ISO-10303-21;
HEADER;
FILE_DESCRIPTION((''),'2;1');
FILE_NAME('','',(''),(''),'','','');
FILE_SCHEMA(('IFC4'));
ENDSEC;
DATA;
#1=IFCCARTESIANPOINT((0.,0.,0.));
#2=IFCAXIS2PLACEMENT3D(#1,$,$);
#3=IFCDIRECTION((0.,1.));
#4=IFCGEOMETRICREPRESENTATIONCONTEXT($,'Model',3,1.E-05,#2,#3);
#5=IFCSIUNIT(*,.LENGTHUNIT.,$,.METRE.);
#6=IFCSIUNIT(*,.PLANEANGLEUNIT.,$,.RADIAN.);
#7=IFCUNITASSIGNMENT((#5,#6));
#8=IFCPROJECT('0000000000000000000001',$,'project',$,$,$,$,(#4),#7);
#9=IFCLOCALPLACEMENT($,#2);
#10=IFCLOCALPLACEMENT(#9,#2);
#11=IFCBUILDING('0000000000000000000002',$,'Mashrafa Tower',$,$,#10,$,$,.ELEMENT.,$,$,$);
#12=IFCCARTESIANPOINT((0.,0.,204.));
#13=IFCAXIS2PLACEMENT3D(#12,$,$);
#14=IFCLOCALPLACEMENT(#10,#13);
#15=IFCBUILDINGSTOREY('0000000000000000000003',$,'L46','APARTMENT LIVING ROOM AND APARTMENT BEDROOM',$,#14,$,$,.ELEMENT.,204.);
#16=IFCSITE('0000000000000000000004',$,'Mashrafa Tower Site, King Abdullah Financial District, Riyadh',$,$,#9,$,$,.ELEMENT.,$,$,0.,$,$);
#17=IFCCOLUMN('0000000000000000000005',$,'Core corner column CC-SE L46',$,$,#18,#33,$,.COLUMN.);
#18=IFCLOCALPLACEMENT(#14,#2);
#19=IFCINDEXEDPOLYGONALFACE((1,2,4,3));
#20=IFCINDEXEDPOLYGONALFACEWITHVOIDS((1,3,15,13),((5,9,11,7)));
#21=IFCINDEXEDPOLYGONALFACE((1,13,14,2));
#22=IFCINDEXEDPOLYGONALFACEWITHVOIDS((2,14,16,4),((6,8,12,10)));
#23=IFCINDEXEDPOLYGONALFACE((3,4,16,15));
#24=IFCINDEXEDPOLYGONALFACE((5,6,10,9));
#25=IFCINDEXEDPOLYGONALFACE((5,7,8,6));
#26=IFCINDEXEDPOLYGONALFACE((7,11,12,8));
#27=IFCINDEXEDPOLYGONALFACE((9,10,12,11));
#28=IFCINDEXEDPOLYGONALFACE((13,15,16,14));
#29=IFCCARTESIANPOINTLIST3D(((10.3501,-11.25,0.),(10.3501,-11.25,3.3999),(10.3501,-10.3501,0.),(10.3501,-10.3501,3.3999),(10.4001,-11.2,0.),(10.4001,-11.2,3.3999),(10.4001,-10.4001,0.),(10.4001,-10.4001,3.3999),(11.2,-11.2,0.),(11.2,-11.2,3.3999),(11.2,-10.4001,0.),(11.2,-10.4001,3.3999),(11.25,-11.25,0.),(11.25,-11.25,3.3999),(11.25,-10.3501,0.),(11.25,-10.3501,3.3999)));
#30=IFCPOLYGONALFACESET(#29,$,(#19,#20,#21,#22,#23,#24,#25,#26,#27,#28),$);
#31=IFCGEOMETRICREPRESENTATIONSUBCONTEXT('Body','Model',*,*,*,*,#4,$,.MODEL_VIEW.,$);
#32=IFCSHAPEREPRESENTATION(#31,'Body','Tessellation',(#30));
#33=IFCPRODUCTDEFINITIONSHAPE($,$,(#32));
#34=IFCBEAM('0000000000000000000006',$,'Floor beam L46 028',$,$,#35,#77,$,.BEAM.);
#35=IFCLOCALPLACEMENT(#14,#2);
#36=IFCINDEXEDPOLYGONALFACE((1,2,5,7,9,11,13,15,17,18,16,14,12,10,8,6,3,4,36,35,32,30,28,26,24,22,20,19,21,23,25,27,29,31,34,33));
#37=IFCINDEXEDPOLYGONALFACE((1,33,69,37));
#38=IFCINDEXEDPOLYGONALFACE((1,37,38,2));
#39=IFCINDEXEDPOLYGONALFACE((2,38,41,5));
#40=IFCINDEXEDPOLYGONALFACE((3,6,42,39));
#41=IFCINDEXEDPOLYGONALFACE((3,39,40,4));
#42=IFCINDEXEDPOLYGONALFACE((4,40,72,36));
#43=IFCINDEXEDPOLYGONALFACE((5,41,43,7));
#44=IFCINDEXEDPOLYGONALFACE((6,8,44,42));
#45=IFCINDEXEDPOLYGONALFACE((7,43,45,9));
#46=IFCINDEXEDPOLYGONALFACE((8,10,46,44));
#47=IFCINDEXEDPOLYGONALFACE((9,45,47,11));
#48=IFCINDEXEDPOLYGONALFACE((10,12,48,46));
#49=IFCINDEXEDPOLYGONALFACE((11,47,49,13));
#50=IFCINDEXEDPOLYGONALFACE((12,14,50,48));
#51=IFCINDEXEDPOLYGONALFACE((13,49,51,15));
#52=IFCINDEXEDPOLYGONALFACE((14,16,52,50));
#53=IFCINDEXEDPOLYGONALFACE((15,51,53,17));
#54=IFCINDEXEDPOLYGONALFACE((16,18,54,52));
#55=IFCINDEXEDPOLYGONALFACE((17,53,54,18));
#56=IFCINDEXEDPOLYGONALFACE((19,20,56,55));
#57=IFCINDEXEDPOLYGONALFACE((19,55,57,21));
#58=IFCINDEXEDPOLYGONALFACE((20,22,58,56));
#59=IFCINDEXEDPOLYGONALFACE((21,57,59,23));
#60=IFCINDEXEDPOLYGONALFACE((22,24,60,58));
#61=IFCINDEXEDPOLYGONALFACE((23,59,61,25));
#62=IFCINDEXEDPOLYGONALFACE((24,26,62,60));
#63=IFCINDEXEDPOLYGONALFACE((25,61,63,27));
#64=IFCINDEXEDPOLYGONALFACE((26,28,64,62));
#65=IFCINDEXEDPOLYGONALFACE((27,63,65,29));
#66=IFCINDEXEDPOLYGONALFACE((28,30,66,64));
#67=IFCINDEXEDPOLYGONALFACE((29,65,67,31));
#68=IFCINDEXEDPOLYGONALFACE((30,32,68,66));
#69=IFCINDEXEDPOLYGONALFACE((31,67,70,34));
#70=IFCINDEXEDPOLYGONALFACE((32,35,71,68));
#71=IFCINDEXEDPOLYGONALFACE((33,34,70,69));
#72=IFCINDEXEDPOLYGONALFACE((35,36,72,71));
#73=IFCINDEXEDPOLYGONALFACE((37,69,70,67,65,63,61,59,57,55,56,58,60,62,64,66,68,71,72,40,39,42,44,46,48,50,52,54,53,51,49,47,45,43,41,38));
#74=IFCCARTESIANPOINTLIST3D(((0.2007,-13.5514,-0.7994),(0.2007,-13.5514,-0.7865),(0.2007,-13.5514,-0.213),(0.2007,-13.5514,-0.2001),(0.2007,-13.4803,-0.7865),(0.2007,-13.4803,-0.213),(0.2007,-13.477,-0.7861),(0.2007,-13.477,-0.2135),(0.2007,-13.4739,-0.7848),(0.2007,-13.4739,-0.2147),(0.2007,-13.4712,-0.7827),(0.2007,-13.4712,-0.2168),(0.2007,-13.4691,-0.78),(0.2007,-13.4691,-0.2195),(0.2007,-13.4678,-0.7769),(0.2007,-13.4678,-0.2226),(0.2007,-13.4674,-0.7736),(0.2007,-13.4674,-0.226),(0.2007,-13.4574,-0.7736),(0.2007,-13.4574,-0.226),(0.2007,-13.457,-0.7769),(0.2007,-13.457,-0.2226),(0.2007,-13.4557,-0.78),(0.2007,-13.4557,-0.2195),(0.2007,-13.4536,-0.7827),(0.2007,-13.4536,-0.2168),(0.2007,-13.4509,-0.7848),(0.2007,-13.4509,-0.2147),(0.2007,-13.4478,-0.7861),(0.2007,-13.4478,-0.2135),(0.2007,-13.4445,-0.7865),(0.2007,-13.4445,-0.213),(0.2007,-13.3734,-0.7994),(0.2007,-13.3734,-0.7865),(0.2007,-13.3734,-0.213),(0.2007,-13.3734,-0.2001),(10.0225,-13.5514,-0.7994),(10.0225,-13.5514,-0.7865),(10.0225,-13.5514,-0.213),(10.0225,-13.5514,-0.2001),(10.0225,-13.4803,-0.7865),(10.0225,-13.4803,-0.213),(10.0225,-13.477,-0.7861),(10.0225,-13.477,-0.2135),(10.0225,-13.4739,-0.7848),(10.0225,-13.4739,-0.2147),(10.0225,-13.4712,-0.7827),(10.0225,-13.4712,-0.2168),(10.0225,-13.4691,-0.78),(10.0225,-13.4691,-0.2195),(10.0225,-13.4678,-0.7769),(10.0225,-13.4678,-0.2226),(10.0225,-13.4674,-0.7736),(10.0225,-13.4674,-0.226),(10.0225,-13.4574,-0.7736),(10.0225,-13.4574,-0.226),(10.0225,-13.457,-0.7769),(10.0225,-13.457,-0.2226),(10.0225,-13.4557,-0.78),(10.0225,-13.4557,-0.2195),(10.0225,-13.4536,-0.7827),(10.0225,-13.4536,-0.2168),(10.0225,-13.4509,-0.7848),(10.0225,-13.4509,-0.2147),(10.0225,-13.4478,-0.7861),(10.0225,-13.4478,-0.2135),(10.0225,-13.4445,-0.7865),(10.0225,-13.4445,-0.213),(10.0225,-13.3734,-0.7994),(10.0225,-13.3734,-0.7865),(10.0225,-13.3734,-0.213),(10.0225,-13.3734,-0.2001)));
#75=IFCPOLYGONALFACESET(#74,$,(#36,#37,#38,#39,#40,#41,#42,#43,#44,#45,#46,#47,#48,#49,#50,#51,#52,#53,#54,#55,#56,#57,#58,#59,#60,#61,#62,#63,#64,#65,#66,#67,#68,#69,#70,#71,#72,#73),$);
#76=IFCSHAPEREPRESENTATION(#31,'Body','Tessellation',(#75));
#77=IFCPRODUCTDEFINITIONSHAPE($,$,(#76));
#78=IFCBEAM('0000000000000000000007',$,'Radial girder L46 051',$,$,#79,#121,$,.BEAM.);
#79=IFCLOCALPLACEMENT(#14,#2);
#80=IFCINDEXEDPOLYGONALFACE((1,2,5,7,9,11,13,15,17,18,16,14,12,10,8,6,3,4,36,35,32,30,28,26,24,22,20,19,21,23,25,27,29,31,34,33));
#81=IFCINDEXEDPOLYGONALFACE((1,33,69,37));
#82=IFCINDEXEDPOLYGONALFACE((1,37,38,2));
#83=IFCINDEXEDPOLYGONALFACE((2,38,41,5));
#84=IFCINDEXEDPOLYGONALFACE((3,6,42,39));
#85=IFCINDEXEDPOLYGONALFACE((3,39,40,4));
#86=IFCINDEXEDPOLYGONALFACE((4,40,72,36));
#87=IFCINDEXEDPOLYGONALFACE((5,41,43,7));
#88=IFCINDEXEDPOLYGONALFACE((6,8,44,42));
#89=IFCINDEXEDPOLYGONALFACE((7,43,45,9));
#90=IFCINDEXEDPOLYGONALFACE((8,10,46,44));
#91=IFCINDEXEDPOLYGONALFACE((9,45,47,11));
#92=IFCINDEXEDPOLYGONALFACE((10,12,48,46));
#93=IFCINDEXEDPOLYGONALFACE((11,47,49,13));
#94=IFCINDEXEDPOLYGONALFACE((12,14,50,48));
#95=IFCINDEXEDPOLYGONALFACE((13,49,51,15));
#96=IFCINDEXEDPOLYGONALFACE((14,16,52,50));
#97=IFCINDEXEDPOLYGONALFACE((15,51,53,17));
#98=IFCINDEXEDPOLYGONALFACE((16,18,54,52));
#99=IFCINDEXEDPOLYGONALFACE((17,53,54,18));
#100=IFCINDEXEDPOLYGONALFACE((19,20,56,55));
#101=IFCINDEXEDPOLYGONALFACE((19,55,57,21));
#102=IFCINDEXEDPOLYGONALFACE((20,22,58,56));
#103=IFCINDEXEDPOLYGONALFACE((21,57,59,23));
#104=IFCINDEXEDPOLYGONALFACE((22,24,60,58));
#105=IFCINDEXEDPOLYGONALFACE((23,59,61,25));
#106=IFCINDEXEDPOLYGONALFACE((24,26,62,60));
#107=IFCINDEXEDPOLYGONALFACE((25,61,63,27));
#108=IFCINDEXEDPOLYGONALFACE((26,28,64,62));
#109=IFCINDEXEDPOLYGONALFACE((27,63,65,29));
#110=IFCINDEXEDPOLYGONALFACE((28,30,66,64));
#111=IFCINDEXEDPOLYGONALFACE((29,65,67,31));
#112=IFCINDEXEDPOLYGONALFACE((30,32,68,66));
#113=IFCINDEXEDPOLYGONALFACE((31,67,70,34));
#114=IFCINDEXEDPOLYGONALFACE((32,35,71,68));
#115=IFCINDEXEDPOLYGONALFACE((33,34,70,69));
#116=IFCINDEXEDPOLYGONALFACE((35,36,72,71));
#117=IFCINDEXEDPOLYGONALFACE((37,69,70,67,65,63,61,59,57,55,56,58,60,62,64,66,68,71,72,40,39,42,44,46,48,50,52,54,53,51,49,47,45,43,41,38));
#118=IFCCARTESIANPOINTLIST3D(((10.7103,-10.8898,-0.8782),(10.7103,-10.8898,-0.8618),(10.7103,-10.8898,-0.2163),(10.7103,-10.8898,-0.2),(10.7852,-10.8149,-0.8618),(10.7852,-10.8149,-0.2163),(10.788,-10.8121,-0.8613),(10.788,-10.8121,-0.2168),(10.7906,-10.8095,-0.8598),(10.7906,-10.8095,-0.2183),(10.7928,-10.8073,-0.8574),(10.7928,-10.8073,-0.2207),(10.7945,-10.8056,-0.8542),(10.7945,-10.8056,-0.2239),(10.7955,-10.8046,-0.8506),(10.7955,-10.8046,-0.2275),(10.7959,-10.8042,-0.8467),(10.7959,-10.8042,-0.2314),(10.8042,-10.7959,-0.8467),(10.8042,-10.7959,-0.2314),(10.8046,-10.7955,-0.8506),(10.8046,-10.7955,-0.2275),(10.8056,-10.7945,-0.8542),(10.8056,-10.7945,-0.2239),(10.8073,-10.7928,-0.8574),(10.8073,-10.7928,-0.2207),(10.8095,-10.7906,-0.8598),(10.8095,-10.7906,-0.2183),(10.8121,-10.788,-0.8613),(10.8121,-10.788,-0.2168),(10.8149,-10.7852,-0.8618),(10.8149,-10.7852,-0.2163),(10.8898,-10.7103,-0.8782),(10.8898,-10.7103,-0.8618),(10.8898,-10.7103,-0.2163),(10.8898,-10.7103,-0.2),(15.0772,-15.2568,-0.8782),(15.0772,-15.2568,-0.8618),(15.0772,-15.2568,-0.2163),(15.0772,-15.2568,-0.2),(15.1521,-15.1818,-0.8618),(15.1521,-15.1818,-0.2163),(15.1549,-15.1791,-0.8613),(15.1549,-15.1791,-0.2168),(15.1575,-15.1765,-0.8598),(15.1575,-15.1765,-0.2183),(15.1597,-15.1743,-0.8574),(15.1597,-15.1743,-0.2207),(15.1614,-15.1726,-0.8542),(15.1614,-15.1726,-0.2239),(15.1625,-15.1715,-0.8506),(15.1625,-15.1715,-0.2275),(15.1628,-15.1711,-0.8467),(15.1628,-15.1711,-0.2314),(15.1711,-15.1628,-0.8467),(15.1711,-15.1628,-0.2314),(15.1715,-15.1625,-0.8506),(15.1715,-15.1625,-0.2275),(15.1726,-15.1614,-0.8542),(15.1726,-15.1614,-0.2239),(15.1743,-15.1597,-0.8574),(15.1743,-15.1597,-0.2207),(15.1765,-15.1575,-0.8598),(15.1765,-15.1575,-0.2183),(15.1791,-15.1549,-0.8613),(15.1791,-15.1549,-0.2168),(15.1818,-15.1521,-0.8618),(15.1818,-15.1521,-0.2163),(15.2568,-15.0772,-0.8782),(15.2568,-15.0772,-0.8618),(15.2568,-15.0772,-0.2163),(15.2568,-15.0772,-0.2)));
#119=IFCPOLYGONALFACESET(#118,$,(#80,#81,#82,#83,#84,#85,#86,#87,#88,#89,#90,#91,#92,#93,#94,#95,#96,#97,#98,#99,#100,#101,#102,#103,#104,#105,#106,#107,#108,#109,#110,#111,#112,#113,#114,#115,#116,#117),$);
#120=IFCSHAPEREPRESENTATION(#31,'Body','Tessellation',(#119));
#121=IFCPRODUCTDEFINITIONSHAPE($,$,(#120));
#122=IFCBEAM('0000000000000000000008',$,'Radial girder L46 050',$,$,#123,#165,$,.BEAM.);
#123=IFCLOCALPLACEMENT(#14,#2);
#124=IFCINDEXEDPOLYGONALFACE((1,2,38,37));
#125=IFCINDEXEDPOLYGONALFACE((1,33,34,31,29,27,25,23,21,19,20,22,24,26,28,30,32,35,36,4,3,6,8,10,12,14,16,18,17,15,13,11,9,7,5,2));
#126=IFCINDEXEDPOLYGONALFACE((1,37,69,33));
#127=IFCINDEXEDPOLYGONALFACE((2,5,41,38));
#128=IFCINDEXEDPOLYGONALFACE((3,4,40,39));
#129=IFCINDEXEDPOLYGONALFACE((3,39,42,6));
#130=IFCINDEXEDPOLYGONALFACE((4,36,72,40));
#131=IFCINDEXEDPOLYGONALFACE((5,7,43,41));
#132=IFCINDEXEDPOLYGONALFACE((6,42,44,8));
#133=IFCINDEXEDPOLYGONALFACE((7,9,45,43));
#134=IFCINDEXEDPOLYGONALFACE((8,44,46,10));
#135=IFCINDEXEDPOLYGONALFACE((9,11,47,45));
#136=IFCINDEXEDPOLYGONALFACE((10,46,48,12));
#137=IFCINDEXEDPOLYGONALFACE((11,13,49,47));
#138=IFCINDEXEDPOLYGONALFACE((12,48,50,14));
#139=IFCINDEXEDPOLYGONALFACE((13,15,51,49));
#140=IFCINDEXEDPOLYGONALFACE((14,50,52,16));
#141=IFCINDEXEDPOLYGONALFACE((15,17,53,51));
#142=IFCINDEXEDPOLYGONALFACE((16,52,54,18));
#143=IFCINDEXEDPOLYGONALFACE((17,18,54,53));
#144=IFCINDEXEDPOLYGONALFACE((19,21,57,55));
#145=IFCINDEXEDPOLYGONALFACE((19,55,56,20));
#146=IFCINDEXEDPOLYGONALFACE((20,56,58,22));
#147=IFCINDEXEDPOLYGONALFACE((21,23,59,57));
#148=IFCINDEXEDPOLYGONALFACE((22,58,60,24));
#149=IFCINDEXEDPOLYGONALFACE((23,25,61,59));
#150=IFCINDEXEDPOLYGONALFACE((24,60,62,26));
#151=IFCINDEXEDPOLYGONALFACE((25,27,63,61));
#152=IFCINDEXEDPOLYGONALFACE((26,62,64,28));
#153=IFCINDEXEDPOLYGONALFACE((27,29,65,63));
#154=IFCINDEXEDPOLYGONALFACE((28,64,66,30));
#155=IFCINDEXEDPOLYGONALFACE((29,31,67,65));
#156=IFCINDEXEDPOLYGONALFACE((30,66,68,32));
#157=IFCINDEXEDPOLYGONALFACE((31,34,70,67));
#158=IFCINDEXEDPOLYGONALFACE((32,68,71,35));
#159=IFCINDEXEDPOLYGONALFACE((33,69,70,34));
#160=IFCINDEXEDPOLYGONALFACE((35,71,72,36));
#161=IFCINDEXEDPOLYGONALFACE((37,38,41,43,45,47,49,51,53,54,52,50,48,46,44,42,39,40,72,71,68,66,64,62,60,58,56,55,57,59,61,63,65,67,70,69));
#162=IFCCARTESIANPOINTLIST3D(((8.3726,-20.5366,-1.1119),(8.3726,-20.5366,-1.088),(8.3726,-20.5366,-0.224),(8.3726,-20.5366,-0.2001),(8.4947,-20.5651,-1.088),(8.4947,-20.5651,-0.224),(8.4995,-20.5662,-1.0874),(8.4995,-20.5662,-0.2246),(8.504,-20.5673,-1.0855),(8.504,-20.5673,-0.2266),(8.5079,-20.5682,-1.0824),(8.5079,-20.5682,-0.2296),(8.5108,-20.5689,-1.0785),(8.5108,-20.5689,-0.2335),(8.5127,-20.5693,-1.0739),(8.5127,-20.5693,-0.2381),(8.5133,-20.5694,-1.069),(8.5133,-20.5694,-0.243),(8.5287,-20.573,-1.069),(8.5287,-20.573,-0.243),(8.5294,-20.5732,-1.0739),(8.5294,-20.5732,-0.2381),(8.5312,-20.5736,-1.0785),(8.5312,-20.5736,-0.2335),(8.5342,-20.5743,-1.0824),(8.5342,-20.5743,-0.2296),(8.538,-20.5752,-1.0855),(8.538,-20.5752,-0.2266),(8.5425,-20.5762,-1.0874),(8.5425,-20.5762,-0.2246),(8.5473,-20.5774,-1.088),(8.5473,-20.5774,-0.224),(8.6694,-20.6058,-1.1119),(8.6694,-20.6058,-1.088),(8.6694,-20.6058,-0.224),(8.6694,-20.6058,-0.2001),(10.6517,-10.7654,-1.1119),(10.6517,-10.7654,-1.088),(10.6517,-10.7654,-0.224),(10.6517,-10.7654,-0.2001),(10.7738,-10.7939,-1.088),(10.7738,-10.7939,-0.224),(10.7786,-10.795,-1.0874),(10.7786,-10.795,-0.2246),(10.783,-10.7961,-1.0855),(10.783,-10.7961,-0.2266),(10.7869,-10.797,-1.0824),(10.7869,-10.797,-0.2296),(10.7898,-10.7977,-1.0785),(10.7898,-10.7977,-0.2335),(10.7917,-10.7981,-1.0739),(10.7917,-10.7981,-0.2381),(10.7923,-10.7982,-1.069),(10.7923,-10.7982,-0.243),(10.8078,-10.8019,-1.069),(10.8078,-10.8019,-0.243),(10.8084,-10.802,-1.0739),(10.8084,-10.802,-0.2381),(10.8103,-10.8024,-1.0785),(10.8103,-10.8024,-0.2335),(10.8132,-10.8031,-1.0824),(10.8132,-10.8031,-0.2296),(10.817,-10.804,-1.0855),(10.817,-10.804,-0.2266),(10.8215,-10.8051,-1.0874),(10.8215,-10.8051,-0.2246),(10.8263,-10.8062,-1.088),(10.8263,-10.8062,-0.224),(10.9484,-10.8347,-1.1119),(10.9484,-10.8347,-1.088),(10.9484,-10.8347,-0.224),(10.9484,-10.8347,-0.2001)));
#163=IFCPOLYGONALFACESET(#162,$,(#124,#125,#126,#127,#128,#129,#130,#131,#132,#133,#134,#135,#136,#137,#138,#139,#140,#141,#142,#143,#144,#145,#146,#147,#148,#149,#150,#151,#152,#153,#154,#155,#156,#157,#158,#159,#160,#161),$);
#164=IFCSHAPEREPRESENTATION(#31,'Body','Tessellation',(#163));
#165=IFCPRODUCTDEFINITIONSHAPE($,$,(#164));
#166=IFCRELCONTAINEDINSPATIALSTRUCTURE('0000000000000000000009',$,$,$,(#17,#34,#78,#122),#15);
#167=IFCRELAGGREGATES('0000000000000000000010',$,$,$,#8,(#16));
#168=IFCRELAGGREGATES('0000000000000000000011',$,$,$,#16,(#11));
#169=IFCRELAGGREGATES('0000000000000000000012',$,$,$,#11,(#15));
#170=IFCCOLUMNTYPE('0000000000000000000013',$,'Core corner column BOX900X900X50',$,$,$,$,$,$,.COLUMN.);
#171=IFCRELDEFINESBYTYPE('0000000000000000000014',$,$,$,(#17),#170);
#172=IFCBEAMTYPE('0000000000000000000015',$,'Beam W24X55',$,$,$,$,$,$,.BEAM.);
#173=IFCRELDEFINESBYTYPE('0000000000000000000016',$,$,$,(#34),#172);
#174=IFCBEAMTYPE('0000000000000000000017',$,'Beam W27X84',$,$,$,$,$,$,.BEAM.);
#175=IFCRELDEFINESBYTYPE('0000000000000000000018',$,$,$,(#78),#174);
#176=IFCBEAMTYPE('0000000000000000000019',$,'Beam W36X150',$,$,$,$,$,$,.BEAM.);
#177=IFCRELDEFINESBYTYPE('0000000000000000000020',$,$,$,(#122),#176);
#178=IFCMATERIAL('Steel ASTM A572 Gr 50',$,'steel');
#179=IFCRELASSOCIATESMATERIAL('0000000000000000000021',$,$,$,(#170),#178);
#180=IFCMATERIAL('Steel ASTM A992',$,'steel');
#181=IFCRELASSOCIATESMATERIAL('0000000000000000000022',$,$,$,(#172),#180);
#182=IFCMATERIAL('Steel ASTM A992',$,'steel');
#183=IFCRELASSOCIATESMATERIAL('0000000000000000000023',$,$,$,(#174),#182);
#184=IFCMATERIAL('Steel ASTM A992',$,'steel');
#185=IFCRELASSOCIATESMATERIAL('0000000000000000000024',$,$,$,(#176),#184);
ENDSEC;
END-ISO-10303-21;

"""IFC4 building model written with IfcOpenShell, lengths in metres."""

from ifc_helpers import new_model, si_unit, direction, frame, origin, origin_2d, place, context, subcontext, project, spatial, hollow_rectangle, i_section, extrude, material, material_profile, profile_set, type_object, element, save


model = new_model("IFC4")

# Units and contexts
model_context = context("Model", 3, precision=1e-05, world=origin(), true_north=direction((0.0, 1.0)))
body_context = subcontext(model_context, "Body", "Model", "MODEL_VIEW")
ifc_project = project(units=[si_unit("LENGTHUNIT", "METRE"), si_unit("PLANEANGLEUNIT", "RADIAN")], contexts=[model_context])

# Site, building, storey
site_placement = place(None, origin())
site = spatial("IfcSite", under=ifc_project, at=site_placement, Name="Mashrafa Tower Site, King Abdullah Financial District, Riyadh", CompositionType="ELEMENT", RefElevation=0.0)
building_placement = place(site_placement, origin())
building = spatial("IfcBuilding", under=site, at=building_placement, Name="Mashrafa Tower", CompositionType="ELEMENT")
storey_placement = place(building_placement, frame((0.0, 0.0, 204.0)))
storey = spatial("IfcBuildingStorey", under=building, at=storey_placement, Name="L46", Description="APARTMENT LIVING ROOM AND APARTMENT BEDROOM", CompositionType="ELEMENT", Elevation=204.0)

# Column
ifc_material_1 = material(Name="Steel ASTM A572 Gr 50", Category="steel")
ifc_material_profile_1 = material_profile(ifc_material_1, hollow_rectangle(XDim=0.8999, YDim=0.8999, WallThickness=0.05, at=origin_2d()), Name="BOX900X900X50")
ifc_profile_set_1 = profile_set([ifc_material_profile_1], Name="Steel ASTM A572 Gr 50")
column_type = type_object("IfcColumnType", Name="Core corner column BOX900X900X50", PredefinedType="COLUMN", material=ifc_profile_set_1)
column_placement = place(storey_placement, frame((10.8, -10.8, 0.0), z_axis=(0.0, 0.0, 1.0), x_axis=(1.0, 0.0, 0.0)))
element("IfcColumn", 1, at=column_placement, inside=storey, type_object=column_type, Name="Core corner column CC-SE L46", PredefinedType="COLUMN", context=body_context, shape_type="SweptSolid", body=[
    extrude(hollow_rectangle(XDim=0.8999, YDim=0.8999, WallThickness=0.05, at=origin_2d()), origin(), (0.0, 0.0, 1.0), 3.3999),
])

# Beams
ifc_material_2 = material(Name="Steel ASTM A992", Category="steel")
ifc_material_profile_2 = material_profile(ifc_material_2, i_section(OverallWidth=0.178, OverallDepth=0.5994, WebThickness=0.01, FlangeThickness=0.0129, FilletRadius=0.0129, at=origin_2d()), Name="W24X55")
ifc_profile_set_2 = profile_set([ifc_material_profile_2], Name="Steel ASTM A992")
beam_type_1 = type_object("IfcBeamType", Name="Beam W24X55", PredefinedType="BEAM", material=ifc_profile_set_2)
beam_1_placement = place(storey_placement, frame((10.0225, -13.4624, -0.4998), z_axis=(-1.0, 0.0, 0.0), x_axis=(0.0, -1.0, 0.0)))
element("IfcBeam", 2, at=beam_1_placement, inside=storey, type_object=beam_type_1, Name="Floor beam L46 028", PredefinedType="BEAM", context=body_context, shape_type="SweptSolid", body=[
    extrude(i_section(OverallWidth=0.178, OverallDepth=0.5994, WebThickness=0.01, FlangeThickness=0.0129, FilletRadius=0.0129, at=origin_2d()), origin(), (0.0, 0.0, 1.0), 9.8218),
])
ifc_material_3 = material(Name="Steel ASTM A992", Category="steel")
ifc_material_profile_3 = material_profile(ifc_material_3, i_section(OverallWidth=0.2539, OverallDepth=0.6782, WebThickness=0.0117, FlangeThickness=0.0164, FilletRadius=0.0151, at=origin_2d()), Name="W27X84")
ifc_profile_set_3 = profile_set([ifc_material_profile_3], Name="Steel ASTM A992")
beam_type_2 = type_object("IfcBeamType", Name="Beam W27X84", PredefinedType="BEAM", material=ifc_profile_set_3)
beam_2_placement = place(storey_placement, frame((10.8, -10.8, -0.5391), z_axis=(0.707107, -0.707107, 0.0), x_axis=(0.707107, 0.707107, 0.0)))
element("IfcBeam", 3, at=beam_2_placement, inside=storey, type_object=beam_type_2, Name="Radial girder L46 051", PredefinedType="BEAM", context=body_context, shape_type="SweptSolid", body=[
    extrude(i_section(OverallWidth=0.2539, OverallDepth=0.6782, WebThickness=0.0117, FlangeThickness=0.0164, FilletRadius=0.0151, at=origin_2d()), origin(), (0.0, 0.0, 1.0), 6.1758),
])
ifc_material_4 = material(Name="Steel ASTM A992", Category="steel")
ifc_material_profile_4 = material_profile(ifc_material_4, i_section(OverallWidth=0.3047, OverallDepth=0.9119, WebThickness=0.0159, FlangeThickness=0.0239, FilletRadius=0.019, at=origin_2d()), Name="W36X150")
ifc_profile_set_4 = profile_set([ifc_material_profile_4], Name="Steel ASTM A992")
beam_type_3 = type_object("IfcBeamType", Name="Beam W36X150", PredefinedType="BEAM", material=ifc_profile_set_4)
for number, where, z_axis, x_axis, name in (
    (4, (10.8, -10.8, -0.656), (-0.227144, -0.973861, 0.0), (0.973861, -0.227144, 0.0), "Radial girder L46 050"),
):
    element("IfcBeam", number, at=place(storey_placement, frame(where, z_axis=z_axis, x_axis=x_axis)), inside=storey, type_object=beam_type_3, Name=name, PredefinedType="BEAM", context=body_context, shape_type="SweptSolid", body=[
        extrude(i_section(OverallWidth=0.3047, OverallDepth=0.9119, WebThickness=0.0159, FlangeThickness=0.0239, FilletRadius=0.019, at=origin_2d()), origin(), (0.0, 0.0, 1.0), 10.0334),
    ])

save(model, "model.ifc")
